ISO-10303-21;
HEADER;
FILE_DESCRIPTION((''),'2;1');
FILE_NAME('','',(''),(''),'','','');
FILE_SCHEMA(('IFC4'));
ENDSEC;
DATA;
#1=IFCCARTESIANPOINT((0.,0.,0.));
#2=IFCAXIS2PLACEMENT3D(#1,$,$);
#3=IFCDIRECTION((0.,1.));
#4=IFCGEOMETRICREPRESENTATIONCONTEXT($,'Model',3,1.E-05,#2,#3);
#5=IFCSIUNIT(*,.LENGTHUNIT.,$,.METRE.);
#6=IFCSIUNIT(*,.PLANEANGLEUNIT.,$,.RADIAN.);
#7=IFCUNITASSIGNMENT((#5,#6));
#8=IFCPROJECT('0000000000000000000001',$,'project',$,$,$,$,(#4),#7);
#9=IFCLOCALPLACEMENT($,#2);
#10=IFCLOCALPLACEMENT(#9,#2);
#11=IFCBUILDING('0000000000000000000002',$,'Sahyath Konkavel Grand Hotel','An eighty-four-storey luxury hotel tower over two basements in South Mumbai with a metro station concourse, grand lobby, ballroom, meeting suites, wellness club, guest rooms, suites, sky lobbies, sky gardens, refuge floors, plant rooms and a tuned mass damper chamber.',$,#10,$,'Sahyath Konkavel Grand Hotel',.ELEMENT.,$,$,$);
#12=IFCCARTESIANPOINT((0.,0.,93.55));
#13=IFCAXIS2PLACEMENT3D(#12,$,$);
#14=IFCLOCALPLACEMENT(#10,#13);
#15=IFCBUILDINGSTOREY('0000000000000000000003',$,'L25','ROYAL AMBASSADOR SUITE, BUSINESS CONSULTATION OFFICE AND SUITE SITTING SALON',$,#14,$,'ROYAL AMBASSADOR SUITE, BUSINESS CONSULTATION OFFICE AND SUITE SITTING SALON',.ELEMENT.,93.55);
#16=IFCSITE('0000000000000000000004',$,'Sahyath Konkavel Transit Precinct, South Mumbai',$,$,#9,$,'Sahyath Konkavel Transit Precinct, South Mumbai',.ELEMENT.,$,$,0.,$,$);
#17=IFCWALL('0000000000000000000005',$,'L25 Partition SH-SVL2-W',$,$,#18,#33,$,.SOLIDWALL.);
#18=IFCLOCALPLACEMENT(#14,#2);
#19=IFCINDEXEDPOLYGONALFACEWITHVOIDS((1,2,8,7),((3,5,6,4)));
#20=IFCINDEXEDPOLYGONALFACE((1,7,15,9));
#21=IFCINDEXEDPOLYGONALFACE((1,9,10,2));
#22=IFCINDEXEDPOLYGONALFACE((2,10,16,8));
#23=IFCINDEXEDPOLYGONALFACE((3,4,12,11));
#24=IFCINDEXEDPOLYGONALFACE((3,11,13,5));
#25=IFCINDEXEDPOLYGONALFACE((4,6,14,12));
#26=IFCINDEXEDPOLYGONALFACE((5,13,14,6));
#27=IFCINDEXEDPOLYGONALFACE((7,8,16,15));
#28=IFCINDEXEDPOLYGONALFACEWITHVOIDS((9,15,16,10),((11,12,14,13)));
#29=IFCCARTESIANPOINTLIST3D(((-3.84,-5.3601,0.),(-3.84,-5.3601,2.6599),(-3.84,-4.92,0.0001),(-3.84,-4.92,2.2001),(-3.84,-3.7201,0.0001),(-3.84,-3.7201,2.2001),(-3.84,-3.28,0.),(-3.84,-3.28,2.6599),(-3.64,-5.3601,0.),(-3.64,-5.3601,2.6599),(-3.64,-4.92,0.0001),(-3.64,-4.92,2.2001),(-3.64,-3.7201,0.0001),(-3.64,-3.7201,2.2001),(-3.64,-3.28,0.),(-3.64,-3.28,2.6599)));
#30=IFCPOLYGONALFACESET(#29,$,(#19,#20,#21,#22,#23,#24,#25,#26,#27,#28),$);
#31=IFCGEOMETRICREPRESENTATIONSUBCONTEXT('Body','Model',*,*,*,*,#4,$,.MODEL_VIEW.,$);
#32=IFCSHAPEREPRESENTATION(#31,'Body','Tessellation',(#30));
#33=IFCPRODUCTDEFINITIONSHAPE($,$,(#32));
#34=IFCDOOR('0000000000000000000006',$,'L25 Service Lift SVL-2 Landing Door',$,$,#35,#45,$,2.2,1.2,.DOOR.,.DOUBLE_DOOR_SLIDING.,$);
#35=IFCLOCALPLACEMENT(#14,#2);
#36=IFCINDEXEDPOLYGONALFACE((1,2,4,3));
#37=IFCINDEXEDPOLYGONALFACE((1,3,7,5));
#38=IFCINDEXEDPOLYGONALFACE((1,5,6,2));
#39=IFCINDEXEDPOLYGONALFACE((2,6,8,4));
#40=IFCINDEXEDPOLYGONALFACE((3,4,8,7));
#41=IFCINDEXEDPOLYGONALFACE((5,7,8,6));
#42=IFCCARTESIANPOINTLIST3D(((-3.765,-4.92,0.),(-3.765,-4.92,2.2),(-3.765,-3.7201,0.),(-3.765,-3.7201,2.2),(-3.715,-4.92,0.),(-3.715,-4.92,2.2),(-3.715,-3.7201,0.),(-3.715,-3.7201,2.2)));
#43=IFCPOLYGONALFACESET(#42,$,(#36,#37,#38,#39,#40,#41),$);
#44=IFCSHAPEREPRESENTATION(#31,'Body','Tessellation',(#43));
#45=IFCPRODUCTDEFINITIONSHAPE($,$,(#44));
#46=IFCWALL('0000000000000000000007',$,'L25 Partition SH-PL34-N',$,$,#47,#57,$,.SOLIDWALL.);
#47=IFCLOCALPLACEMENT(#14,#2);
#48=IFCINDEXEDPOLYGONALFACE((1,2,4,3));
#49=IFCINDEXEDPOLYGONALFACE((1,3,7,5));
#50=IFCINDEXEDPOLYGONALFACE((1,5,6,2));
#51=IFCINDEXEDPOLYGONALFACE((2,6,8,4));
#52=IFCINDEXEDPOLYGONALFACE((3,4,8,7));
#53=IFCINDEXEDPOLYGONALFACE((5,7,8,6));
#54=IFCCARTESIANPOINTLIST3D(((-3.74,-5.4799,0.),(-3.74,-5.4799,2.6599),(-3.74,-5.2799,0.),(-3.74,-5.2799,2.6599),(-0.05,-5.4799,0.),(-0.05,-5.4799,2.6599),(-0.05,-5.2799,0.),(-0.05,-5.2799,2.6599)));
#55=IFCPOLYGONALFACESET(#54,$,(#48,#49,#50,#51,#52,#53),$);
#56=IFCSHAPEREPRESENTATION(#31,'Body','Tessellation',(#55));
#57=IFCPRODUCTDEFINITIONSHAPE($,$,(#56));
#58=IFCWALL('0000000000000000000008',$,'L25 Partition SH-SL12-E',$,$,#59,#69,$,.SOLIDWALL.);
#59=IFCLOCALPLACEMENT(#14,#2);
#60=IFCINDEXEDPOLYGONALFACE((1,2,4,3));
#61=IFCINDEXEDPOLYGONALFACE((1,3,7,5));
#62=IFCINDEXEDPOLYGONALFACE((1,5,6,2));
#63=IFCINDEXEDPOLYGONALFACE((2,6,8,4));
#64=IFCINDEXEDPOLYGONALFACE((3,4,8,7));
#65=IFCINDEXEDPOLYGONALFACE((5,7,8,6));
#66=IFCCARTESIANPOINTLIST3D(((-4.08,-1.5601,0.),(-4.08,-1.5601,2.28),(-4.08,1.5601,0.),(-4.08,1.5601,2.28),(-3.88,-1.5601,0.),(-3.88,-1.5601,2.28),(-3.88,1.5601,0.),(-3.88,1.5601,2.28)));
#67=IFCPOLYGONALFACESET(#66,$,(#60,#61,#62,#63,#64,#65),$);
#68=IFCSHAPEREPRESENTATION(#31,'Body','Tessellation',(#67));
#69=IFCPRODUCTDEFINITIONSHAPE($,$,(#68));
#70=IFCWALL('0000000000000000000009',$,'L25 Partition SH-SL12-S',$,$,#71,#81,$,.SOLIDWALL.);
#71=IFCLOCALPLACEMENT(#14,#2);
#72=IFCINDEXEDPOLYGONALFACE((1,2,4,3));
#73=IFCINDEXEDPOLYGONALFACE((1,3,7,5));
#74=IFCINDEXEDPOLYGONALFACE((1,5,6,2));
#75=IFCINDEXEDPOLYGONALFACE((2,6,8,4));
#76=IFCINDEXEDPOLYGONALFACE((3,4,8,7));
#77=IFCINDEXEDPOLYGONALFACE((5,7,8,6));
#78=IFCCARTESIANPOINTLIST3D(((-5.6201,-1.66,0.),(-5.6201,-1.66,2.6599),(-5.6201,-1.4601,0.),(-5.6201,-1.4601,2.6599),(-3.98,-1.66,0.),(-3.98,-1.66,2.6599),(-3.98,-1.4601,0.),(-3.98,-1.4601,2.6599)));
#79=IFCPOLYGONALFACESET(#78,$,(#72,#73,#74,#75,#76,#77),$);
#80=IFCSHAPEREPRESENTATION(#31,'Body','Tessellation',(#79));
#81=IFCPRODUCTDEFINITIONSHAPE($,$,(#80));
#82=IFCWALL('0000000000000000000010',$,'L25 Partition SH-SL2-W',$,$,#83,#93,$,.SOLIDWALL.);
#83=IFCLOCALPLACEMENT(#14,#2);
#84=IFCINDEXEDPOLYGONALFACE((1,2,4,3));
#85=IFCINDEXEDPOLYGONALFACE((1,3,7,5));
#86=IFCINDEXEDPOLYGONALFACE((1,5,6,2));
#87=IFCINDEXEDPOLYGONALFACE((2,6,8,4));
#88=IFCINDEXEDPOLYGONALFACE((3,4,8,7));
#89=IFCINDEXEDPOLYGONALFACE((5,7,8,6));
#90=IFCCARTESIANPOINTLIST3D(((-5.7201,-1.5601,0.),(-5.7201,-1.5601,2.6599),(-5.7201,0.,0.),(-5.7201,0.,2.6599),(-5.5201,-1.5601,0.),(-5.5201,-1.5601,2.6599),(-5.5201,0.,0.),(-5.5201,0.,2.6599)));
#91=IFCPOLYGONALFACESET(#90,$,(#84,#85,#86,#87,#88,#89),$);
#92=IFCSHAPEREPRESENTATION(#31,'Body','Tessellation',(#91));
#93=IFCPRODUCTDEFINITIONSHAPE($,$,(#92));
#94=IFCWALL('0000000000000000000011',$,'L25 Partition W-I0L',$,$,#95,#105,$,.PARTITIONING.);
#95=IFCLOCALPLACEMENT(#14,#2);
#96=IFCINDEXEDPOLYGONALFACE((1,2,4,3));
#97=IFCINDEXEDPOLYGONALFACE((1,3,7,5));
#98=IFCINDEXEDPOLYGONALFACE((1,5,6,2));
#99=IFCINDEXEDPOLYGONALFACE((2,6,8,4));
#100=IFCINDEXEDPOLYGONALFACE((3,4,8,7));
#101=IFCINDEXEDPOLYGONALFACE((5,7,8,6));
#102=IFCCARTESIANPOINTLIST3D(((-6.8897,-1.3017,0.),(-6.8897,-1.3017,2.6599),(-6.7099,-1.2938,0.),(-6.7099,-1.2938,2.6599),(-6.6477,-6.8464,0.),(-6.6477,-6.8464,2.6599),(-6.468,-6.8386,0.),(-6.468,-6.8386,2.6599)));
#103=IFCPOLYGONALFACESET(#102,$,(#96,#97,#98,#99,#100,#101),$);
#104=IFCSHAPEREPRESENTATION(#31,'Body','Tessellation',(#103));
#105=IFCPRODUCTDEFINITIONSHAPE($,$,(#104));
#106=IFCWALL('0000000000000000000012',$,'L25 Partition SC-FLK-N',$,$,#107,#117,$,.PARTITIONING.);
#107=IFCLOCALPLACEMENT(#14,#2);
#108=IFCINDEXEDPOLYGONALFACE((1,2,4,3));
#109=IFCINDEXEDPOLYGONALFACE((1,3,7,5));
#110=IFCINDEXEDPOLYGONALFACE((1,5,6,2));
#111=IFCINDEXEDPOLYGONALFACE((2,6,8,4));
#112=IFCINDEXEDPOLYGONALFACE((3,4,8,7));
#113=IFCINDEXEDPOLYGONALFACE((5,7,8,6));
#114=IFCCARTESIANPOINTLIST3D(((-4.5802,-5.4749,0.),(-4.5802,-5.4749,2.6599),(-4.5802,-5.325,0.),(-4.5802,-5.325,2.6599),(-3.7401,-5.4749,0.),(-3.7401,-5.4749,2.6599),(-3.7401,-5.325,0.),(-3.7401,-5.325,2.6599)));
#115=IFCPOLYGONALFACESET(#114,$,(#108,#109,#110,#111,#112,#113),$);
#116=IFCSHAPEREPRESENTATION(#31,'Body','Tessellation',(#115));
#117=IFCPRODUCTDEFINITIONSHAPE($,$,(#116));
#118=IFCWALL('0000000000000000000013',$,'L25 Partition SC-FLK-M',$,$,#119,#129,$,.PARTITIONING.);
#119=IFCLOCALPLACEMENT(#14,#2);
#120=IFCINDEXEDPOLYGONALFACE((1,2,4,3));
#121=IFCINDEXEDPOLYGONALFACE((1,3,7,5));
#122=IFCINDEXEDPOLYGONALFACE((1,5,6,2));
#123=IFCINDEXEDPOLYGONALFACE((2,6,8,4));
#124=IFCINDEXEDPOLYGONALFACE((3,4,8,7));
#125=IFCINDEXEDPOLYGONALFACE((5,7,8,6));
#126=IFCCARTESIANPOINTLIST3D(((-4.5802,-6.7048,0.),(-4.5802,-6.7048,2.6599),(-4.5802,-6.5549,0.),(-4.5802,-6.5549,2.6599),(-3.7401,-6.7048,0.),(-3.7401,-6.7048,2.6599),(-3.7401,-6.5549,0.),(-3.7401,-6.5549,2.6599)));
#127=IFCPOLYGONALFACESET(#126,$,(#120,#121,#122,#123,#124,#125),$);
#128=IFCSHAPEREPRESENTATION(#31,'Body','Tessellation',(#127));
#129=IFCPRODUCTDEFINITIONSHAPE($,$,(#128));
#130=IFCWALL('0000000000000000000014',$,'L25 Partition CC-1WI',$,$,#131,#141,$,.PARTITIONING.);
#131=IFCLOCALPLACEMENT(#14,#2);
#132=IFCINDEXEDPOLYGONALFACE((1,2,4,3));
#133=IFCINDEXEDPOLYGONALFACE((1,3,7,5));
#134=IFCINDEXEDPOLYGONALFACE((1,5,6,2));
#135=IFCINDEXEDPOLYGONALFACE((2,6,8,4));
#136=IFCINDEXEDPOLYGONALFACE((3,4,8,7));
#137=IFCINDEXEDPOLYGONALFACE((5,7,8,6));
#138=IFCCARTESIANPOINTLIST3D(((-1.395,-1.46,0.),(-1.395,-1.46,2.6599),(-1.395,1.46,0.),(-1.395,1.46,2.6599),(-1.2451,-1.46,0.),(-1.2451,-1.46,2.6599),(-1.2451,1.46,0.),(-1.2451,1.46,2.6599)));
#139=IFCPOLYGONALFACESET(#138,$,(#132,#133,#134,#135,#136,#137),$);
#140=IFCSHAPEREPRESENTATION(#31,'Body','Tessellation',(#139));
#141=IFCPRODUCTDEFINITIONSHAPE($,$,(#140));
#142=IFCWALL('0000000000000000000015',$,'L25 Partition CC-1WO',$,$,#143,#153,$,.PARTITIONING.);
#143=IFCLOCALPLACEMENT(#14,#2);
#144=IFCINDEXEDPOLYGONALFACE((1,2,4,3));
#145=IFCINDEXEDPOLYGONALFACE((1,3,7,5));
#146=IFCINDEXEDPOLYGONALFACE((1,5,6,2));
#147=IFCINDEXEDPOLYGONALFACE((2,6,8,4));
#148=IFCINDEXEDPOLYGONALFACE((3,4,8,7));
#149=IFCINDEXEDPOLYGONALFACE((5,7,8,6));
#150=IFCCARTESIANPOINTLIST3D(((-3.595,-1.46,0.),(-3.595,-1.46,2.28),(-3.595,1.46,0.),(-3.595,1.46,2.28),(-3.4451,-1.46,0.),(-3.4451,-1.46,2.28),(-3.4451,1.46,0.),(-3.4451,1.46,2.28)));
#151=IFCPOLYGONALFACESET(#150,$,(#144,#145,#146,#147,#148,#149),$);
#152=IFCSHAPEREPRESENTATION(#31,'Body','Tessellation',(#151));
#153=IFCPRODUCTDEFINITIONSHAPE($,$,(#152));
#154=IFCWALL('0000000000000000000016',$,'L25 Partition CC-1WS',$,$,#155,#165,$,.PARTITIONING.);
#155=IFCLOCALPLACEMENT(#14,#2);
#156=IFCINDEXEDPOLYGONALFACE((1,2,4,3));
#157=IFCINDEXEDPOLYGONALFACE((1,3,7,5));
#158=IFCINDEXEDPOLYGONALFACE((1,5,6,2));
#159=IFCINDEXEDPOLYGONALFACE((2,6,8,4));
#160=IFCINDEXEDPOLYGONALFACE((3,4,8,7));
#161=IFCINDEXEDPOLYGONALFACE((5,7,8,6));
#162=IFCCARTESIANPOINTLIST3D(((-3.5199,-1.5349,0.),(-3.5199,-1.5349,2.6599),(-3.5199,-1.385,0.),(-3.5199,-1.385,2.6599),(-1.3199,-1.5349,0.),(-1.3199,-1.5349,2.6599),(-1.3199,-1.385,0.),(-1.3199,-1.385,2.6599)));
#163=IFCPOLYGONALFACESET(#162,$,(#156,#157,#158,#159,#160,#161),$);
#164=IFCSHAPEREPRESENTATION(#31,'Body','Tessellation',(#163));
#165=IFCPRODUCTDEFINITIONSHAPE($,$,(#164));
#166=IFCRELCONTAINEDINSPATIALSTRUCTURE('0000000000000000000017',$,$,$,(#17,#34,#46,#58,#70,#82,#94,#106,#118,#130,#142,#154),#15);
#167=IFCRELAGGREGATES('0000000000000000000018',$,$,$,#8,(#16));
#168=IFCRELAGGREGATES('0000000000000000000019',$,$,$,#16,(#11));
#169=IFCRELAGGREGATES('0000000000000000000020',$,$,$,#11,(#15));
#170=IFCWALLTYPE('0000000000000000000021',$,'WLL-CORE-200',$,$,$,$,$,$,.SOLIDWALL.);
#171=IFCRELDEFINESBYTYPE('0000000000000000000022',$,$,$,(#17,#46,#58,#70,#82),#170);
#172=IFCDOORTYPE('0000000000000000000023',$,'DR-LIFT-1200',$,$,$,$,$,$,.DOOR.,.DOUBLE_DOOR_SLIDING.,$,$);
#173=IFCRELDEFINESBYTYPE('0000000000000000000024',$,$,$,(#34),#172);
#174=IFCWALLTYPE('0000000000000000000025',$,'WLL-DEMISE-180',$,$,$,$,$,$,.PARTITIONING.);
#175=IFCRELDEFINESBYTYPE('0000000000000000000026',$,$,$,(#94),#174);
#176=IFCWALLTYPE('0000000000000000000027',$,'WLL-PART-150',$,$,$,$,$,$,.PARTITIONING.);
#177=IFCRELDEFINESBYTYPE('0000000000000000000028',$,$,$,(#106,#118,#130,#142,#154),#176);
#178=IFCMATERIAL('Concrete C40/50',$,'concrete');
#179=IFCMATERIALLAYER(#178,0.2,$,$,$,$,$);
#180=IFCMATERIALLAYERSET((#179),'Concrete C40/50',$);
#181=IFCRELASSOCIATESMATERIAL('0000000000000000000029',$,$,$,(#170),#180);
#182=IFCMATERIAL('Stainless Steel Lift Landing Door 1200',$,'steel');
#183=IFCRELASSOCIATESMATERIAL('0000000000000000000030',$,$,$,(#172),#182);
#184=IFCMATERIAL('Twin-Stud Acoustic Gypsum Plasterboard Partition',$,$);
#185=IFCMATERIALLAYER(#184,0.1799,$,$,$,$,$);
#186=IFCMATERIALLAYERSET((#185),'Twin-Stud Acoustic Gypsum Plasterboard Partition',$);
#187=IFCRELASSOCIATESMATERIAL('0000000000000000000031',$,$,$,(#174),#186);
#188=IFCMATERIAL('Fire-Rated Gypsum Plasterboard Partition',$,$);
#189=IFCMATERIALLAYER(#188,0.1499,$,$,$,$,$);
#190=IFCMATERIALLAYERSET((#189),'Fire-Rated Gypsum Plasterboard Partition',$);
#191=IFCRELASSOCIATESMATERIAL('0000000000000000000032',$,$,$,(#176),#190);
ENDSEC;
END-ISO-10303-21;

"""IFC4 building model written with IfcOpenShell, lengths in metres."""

from ifc_helpers import new_model, si_unit, direction, frame, frame_2d, origin, origin_2d, place, context, subcontext, project, spatial, rectangle, extrude, source, transform, mapped, material, layer, layer_set, type_object, element, fill, save


model = new_model("IFC4")

# Units and contexts
model_context = context("Model", 3, precision=1e-05, world=origin(), true_north=direction((0.0, 1.0)))
body_context = subcontext(model_context, "Body", "Model", "MODEL_VIEW")
ifc_project = project(units=[si_unit("LENGTHUNIT", "METRE"), si_unit("PLANEANGLEUNIT", "RADIAN")], contexts=[model_context])

# Site, building, storey
site_placement = place(None, origin())
site = spatial("IfcSite", under=ifc_project, at=site_placement, Name="Sahyath Konkavel Transit Precinct, South Mumbai", LongName="Sahyath Konkavel Transit Precinct, South Mumbai", CompositionType="ELEMENT", RefElevation=0.0)
building_placement = place(site_placement, origin())
building = spatial("IfcBuilding", under=site, at=building_placement, Name="Sahyath Konkavel Grand Hotel", Description="An eighty-four-storey luxury hotel tower over two basements in South Mumbai with a metro station concourse, grand lobby, ballroom, meeting suites, wellness club, guest rooms, suites, sky lobbies, sky gardens, refuge floors, plant rooms and a tuned mass damper chamber.", LongName="Sahyath Konkavel Grand Hotel", CompositionType="ELEMENT")
storey_placement = place(building_placement, frame((0.0, 0.0, 93.55)))
storey = spatial("IfcBuildingStorey", under=building, at=storey_placement, Name="L25", Description="ROYAL AMBASSADOR SUITE, BUSINESS CONSULTATION OFFICE AND SUITE SITTING SALON", LongName="ROYAL AMBASSADOR SUITE, BUSINESS CONSULTATION OFFICE AND SUITE SITTING SALON", CompositionType="ELEMENT", Elevation=93.55)

# Shared definitions
ifc_material_1 = material(Name="Concrete C40/50", Category="concrete")
ifc_layer_1 = layer(ifc_material_1, 0.2)
ifc_layer_set_1 = layer_set([ifc_layer_1], Name="Concrete C40/50")
wall_type_1 = type_object("IfcWallType", Name="WLL-CORE-200", PredefinedType="SOLIDWALL", material=ifc_layer_set_1)

# Wall, opening, door
wall_1_placement = place(storey_placement, frame((-3.74, -5.3601, 0.0), z_axis=(0.0, 0.0, 1.0), x_axis=(0.0, 1.0, 0.0)))
wall_1 = element("IfcWall", 1, at=wall_1_placement, inside=storey, type_object=wall_type_1, Name="L25 Partition SH-SVL2-W", PredefinedType="SOLIDWALL", context=body_context, shape_type="SweptSolid", body=[
    extrude(rectangle(XDim=2.0801, YDim=0.2, at=frame_2d((1.04, 0.0))), origin(), (0.0, 0.0, 1.0), 2.6599),
])
opening_1_placement = place(wall_1_placement, frame((0.4399, 0.0, 0.0)))
opening_1 = element("IfcOpeningElement", 2, at=opening_1_placement, cuts=wall_1, PredefinedType="OPENING", context=body_context, shape_type="SweptSolid", body=[
    extrude(rectangle(XDim=1.2, YDim=2.2, at=frame_2d((0.6001, 1.1001))), frame((0.0, 0.1099, 0.0), z_axis=(0.0, -1.0, 0.0), x_axis=(1.0, 0.0, 0.0)), (0.0, 0.0, 1.0), 0.22),
])
ifc_material_2 = material(Name="Stainless Steel Lift Landing Door 1200", Category="steel")
door_type_1 = type_object("IfcDoorType", Name="DR-LIFT-1200", OperationType="DOUBLE_DOOR_SLIDING", PredefinedType="DOOR", material=ifc_material_2)
shared_shape_1 = source(origin(), body_context, "Body", "SweptSolid", [
    extrude(rectangle(XDim=1.2, YDim=0.05, at=origin_2d()), origin(), (0.0, 0.0, 1.0), 2.2),
])
door_1_placement = place(opening_1_placement, frame((0.6001, 0.0, 0.0)))
door_1 = element("IfcDoor", 3, at=door_1_placement, inside=storey, type_object=door_type_1, Name="L25 Service Lift SVL-2 Landing Door", OperationType="DOUBLE_DOOR_SLIDING", OverallHeight=2.2, OverallWidth=1.2, PredefinedType="DOOR", context=body_context, shape_type="MappedRepresentation", body=[
    mapped(shared_shape_1, transform((0.0, 0.0, 0.0), scale=1.0)),
])
fill(opening_1, door_1)

# Walls
wall_2_placement = place(storey_placement, frame((-3.74, -5.3799, 0.0), z_axis=(0.0, 0.0, 1.0), x_axis=(1.0, 0.0, 0.0)))
element("IfcWall", 4, at=wall_2_placement, inside=storey, type_object=wall_type_1, Name="L25 Partition SH-PL34-N", PredefinedType="SOLIDWALL", context=body_context, shape_type="SweptSolid", body=[
    extrude(rectangle(XDim=3.6899, YDim=0.2, at=frame_2d((1.845, 0.0))), origin(), (0.0, 0.0, 1.0), 2.6599),
])
wall_3_placement = place(storey_placement, frame((-3.98, -1.5601, 0.0), z_axis=(0.0, 0.0, 1.0), x_axis=(0.0, 1.0, 0.0)))
element("IfcWall", 5, at=wall_3_placement, inside=storey, type_object=wall_type_1, Name="L25 Partition SH-SL12-E", PredefinedType="SOLIDWALL", context=body_context, shape_type="SweptSolid", body=[
    extrude(rectangle(XDim=3.1201, YDim=0.2, at=frame_2d((1.5601, 0.0))), origin(), (0.0, 0.0, 1.0), 2.28),
])
wall_4_placement = place(storey_placement, frame((-5.6201, -1.5601, 0.0), z_axis=(0.0, 0.0, 1.0), x_axis=(1.0, 0.0, 0.0)))
element("IfcWall", 6, at=wall_4_placement, inside=storey, type_object=wall_type_1, Name="L25 Partition SH-SL12-S", PredefinedType="SOLIDWALL", context=body_context, shape_type="SweptSolid", body=[
    extrude(rectangle(XDim=1.6401, YDim=0.2, at=frame_2d((0.8201, 0.0))), origin(), (0.0, 0.0, 1.0), 2.6599),
])
wall_5_placement = place(storey_placement, frame((-5.6201, -1.5601, 0.0), z_axis=(0.0, 0.0, 1.0), x_axis=(0.0, 1.0, 0.0)))
element("IfcWall", 7, at=wall_5_placement, inside=storey, type_object=wall_type_1, Name="L25 Partition SH-SL2-W", PredefinedType="SOLIDWALL", context=body_context, shape_type="SweptSolid", body=[
    extrude(rectangle(XDim=1.5601, YDim=0.2, at=frame_2d((0.78, 0.0))), origin(), (0.0, 0.0, 1.0), 2.6599),
])
ifc_material_3 = material(Name="Twin-Stud Acoustic Gypsum Plasterboard Partition")
ifc_layer_2 = layer(ifc_material_3, 0.1799)
ifc_layer_set_2 = layer_set([ifc_layer_2], Name="Twin-Stud Acoustic Gypsum Plasterboard Partition")
wall_type_2 = type_object("IfcWallType", Name="WLL-DEMISE-180", PredefinedType="PARTITIONING", material=ifc_layer_set_2)
wall_6_placement = place(storey_placement, frame((-6.7998, -1.2979, 0.0), z_axis=(0.0, 0.0, 1.0), x_axis=(0.043594, -0.999049, 0.0)))
element("IfcWall", 8, at=wall_6_placement, inside=storey, type_object=wall_type_2, Name="L25 Partition W-I0L", PredefinedType="PARTITIONING", context=body_context, shape_type="SweptSolid", body=[
    extrude(rectangle(XDim=5.55, YDim=0.1799, at=frame_2d((2.7749, 0.0))), origin(), (0.0, 0.0, 1.0), 2.6599),
])
ifc_material_4 = material(Name="Fire-Rated Gypsum Plasterboard Partition")
ifc_layer_3 = layer(ifc_material_4, 0.1499)
ifc_layer_set_3 = layer_set([ifc_layer_3], Name="Fire-Rated Gypsum Plasterboard Partition")
wall_type_3 = type_object("IfcWallType", Name="WLL-PART-150", PredefinedType="PARTITIONING", material=ifc_layer_set_3)
for number, where, z_axis, x_axis, name in (
    (9, (-4.5801, -5.3999, 0.0), (0.0, 0.0, 1.0), (1.0, 0.0, 0.0), "L25 Partition SC-FLK-N"),
    (10, (-4.5801, -6.6299, 0.0), (0.0, 0.0, 1.0), (1.0, 0.0, 0.0), "L25 Partition SC-FLK-M"),
):
    element("IfcWall", number, at=place(storey_placement, frame(where, z_axis=z_axis, x_axis=x_axis)), inside=storey, type_object=wall_type_3, Name=name, PredefinedType="PARTITIONING", context=body_context, shape_type="SweptSolid", body=[
        extrude(rectangle(XDim=0.8401, YDim=0.1499, at=frame_2d((0.4199, 0.0))), origin(), (0.0, 0.0, 1.0), 2.6599),
    ])
wall_7_placement = place(storey_placement, frame((-1.3201, -1.46, 0.0), z_axis=(0.0, 0.0, 1.0), x_axis=(0.0, 1.0, 0.0)))
element("IfcWall", 11, at=wall_7_placement, inside=storey, type_object=wall_type_3, Name="L25 Partition CC-1WI", PredefinedType="PARTITIONING", context=body_context, shape_type="SweptSolid", body=[
    extrude(rectangle(XDim=2.9199, YDim=0.1499, at=frame_2d((1.46, 0.0))), origin(), (0.0, 0.0, 1.0), 2.6599),
])
wall_8_placement = place(storey_placement, frame((-3.52, -1.46, 0.0), z_axis=(0.0, 0.0, 1.0), x_axis=(0.0, 1.0, 0.0)))
element("IfcWall", 12, at=wall_8_placement, inside=storey, type_object=wall_type_3, Name="L25 Partition CC-1WO", PredefinedType="PARTITIONING", context=body_context, shape_type="SweptSolid", body=[
    extrude(rectangle(XDim=2.9199, YDim=0.1499, at=frame_2d((1.46, 0.0))), origin(), (0.0, 0.0, 1.0), 2.28),
])
wall_9_placement = place(storey_placement, frame((-3.52, -1.46, 0.0), z_axis=(0.0, 0.0, 1.0), x_axis=(1.0, 0.0, 0.0)))
element("IfcWall", 13, at=wall_9_placement, inside=storey, type_object=wall_type_3, Name="L25 Partition CC-1WS", PredefinedType="PARTITIONING", context=body_context, shape_type="SweptSolid", body=[
    extrude(rectangle(XDim=2.2, YDim=0.1499, at=frame_2d((1.1001, 0.0))), origin(), (0.0, 0.0, 1.0), 2.6599),
])

save(model, "model.ifc")
